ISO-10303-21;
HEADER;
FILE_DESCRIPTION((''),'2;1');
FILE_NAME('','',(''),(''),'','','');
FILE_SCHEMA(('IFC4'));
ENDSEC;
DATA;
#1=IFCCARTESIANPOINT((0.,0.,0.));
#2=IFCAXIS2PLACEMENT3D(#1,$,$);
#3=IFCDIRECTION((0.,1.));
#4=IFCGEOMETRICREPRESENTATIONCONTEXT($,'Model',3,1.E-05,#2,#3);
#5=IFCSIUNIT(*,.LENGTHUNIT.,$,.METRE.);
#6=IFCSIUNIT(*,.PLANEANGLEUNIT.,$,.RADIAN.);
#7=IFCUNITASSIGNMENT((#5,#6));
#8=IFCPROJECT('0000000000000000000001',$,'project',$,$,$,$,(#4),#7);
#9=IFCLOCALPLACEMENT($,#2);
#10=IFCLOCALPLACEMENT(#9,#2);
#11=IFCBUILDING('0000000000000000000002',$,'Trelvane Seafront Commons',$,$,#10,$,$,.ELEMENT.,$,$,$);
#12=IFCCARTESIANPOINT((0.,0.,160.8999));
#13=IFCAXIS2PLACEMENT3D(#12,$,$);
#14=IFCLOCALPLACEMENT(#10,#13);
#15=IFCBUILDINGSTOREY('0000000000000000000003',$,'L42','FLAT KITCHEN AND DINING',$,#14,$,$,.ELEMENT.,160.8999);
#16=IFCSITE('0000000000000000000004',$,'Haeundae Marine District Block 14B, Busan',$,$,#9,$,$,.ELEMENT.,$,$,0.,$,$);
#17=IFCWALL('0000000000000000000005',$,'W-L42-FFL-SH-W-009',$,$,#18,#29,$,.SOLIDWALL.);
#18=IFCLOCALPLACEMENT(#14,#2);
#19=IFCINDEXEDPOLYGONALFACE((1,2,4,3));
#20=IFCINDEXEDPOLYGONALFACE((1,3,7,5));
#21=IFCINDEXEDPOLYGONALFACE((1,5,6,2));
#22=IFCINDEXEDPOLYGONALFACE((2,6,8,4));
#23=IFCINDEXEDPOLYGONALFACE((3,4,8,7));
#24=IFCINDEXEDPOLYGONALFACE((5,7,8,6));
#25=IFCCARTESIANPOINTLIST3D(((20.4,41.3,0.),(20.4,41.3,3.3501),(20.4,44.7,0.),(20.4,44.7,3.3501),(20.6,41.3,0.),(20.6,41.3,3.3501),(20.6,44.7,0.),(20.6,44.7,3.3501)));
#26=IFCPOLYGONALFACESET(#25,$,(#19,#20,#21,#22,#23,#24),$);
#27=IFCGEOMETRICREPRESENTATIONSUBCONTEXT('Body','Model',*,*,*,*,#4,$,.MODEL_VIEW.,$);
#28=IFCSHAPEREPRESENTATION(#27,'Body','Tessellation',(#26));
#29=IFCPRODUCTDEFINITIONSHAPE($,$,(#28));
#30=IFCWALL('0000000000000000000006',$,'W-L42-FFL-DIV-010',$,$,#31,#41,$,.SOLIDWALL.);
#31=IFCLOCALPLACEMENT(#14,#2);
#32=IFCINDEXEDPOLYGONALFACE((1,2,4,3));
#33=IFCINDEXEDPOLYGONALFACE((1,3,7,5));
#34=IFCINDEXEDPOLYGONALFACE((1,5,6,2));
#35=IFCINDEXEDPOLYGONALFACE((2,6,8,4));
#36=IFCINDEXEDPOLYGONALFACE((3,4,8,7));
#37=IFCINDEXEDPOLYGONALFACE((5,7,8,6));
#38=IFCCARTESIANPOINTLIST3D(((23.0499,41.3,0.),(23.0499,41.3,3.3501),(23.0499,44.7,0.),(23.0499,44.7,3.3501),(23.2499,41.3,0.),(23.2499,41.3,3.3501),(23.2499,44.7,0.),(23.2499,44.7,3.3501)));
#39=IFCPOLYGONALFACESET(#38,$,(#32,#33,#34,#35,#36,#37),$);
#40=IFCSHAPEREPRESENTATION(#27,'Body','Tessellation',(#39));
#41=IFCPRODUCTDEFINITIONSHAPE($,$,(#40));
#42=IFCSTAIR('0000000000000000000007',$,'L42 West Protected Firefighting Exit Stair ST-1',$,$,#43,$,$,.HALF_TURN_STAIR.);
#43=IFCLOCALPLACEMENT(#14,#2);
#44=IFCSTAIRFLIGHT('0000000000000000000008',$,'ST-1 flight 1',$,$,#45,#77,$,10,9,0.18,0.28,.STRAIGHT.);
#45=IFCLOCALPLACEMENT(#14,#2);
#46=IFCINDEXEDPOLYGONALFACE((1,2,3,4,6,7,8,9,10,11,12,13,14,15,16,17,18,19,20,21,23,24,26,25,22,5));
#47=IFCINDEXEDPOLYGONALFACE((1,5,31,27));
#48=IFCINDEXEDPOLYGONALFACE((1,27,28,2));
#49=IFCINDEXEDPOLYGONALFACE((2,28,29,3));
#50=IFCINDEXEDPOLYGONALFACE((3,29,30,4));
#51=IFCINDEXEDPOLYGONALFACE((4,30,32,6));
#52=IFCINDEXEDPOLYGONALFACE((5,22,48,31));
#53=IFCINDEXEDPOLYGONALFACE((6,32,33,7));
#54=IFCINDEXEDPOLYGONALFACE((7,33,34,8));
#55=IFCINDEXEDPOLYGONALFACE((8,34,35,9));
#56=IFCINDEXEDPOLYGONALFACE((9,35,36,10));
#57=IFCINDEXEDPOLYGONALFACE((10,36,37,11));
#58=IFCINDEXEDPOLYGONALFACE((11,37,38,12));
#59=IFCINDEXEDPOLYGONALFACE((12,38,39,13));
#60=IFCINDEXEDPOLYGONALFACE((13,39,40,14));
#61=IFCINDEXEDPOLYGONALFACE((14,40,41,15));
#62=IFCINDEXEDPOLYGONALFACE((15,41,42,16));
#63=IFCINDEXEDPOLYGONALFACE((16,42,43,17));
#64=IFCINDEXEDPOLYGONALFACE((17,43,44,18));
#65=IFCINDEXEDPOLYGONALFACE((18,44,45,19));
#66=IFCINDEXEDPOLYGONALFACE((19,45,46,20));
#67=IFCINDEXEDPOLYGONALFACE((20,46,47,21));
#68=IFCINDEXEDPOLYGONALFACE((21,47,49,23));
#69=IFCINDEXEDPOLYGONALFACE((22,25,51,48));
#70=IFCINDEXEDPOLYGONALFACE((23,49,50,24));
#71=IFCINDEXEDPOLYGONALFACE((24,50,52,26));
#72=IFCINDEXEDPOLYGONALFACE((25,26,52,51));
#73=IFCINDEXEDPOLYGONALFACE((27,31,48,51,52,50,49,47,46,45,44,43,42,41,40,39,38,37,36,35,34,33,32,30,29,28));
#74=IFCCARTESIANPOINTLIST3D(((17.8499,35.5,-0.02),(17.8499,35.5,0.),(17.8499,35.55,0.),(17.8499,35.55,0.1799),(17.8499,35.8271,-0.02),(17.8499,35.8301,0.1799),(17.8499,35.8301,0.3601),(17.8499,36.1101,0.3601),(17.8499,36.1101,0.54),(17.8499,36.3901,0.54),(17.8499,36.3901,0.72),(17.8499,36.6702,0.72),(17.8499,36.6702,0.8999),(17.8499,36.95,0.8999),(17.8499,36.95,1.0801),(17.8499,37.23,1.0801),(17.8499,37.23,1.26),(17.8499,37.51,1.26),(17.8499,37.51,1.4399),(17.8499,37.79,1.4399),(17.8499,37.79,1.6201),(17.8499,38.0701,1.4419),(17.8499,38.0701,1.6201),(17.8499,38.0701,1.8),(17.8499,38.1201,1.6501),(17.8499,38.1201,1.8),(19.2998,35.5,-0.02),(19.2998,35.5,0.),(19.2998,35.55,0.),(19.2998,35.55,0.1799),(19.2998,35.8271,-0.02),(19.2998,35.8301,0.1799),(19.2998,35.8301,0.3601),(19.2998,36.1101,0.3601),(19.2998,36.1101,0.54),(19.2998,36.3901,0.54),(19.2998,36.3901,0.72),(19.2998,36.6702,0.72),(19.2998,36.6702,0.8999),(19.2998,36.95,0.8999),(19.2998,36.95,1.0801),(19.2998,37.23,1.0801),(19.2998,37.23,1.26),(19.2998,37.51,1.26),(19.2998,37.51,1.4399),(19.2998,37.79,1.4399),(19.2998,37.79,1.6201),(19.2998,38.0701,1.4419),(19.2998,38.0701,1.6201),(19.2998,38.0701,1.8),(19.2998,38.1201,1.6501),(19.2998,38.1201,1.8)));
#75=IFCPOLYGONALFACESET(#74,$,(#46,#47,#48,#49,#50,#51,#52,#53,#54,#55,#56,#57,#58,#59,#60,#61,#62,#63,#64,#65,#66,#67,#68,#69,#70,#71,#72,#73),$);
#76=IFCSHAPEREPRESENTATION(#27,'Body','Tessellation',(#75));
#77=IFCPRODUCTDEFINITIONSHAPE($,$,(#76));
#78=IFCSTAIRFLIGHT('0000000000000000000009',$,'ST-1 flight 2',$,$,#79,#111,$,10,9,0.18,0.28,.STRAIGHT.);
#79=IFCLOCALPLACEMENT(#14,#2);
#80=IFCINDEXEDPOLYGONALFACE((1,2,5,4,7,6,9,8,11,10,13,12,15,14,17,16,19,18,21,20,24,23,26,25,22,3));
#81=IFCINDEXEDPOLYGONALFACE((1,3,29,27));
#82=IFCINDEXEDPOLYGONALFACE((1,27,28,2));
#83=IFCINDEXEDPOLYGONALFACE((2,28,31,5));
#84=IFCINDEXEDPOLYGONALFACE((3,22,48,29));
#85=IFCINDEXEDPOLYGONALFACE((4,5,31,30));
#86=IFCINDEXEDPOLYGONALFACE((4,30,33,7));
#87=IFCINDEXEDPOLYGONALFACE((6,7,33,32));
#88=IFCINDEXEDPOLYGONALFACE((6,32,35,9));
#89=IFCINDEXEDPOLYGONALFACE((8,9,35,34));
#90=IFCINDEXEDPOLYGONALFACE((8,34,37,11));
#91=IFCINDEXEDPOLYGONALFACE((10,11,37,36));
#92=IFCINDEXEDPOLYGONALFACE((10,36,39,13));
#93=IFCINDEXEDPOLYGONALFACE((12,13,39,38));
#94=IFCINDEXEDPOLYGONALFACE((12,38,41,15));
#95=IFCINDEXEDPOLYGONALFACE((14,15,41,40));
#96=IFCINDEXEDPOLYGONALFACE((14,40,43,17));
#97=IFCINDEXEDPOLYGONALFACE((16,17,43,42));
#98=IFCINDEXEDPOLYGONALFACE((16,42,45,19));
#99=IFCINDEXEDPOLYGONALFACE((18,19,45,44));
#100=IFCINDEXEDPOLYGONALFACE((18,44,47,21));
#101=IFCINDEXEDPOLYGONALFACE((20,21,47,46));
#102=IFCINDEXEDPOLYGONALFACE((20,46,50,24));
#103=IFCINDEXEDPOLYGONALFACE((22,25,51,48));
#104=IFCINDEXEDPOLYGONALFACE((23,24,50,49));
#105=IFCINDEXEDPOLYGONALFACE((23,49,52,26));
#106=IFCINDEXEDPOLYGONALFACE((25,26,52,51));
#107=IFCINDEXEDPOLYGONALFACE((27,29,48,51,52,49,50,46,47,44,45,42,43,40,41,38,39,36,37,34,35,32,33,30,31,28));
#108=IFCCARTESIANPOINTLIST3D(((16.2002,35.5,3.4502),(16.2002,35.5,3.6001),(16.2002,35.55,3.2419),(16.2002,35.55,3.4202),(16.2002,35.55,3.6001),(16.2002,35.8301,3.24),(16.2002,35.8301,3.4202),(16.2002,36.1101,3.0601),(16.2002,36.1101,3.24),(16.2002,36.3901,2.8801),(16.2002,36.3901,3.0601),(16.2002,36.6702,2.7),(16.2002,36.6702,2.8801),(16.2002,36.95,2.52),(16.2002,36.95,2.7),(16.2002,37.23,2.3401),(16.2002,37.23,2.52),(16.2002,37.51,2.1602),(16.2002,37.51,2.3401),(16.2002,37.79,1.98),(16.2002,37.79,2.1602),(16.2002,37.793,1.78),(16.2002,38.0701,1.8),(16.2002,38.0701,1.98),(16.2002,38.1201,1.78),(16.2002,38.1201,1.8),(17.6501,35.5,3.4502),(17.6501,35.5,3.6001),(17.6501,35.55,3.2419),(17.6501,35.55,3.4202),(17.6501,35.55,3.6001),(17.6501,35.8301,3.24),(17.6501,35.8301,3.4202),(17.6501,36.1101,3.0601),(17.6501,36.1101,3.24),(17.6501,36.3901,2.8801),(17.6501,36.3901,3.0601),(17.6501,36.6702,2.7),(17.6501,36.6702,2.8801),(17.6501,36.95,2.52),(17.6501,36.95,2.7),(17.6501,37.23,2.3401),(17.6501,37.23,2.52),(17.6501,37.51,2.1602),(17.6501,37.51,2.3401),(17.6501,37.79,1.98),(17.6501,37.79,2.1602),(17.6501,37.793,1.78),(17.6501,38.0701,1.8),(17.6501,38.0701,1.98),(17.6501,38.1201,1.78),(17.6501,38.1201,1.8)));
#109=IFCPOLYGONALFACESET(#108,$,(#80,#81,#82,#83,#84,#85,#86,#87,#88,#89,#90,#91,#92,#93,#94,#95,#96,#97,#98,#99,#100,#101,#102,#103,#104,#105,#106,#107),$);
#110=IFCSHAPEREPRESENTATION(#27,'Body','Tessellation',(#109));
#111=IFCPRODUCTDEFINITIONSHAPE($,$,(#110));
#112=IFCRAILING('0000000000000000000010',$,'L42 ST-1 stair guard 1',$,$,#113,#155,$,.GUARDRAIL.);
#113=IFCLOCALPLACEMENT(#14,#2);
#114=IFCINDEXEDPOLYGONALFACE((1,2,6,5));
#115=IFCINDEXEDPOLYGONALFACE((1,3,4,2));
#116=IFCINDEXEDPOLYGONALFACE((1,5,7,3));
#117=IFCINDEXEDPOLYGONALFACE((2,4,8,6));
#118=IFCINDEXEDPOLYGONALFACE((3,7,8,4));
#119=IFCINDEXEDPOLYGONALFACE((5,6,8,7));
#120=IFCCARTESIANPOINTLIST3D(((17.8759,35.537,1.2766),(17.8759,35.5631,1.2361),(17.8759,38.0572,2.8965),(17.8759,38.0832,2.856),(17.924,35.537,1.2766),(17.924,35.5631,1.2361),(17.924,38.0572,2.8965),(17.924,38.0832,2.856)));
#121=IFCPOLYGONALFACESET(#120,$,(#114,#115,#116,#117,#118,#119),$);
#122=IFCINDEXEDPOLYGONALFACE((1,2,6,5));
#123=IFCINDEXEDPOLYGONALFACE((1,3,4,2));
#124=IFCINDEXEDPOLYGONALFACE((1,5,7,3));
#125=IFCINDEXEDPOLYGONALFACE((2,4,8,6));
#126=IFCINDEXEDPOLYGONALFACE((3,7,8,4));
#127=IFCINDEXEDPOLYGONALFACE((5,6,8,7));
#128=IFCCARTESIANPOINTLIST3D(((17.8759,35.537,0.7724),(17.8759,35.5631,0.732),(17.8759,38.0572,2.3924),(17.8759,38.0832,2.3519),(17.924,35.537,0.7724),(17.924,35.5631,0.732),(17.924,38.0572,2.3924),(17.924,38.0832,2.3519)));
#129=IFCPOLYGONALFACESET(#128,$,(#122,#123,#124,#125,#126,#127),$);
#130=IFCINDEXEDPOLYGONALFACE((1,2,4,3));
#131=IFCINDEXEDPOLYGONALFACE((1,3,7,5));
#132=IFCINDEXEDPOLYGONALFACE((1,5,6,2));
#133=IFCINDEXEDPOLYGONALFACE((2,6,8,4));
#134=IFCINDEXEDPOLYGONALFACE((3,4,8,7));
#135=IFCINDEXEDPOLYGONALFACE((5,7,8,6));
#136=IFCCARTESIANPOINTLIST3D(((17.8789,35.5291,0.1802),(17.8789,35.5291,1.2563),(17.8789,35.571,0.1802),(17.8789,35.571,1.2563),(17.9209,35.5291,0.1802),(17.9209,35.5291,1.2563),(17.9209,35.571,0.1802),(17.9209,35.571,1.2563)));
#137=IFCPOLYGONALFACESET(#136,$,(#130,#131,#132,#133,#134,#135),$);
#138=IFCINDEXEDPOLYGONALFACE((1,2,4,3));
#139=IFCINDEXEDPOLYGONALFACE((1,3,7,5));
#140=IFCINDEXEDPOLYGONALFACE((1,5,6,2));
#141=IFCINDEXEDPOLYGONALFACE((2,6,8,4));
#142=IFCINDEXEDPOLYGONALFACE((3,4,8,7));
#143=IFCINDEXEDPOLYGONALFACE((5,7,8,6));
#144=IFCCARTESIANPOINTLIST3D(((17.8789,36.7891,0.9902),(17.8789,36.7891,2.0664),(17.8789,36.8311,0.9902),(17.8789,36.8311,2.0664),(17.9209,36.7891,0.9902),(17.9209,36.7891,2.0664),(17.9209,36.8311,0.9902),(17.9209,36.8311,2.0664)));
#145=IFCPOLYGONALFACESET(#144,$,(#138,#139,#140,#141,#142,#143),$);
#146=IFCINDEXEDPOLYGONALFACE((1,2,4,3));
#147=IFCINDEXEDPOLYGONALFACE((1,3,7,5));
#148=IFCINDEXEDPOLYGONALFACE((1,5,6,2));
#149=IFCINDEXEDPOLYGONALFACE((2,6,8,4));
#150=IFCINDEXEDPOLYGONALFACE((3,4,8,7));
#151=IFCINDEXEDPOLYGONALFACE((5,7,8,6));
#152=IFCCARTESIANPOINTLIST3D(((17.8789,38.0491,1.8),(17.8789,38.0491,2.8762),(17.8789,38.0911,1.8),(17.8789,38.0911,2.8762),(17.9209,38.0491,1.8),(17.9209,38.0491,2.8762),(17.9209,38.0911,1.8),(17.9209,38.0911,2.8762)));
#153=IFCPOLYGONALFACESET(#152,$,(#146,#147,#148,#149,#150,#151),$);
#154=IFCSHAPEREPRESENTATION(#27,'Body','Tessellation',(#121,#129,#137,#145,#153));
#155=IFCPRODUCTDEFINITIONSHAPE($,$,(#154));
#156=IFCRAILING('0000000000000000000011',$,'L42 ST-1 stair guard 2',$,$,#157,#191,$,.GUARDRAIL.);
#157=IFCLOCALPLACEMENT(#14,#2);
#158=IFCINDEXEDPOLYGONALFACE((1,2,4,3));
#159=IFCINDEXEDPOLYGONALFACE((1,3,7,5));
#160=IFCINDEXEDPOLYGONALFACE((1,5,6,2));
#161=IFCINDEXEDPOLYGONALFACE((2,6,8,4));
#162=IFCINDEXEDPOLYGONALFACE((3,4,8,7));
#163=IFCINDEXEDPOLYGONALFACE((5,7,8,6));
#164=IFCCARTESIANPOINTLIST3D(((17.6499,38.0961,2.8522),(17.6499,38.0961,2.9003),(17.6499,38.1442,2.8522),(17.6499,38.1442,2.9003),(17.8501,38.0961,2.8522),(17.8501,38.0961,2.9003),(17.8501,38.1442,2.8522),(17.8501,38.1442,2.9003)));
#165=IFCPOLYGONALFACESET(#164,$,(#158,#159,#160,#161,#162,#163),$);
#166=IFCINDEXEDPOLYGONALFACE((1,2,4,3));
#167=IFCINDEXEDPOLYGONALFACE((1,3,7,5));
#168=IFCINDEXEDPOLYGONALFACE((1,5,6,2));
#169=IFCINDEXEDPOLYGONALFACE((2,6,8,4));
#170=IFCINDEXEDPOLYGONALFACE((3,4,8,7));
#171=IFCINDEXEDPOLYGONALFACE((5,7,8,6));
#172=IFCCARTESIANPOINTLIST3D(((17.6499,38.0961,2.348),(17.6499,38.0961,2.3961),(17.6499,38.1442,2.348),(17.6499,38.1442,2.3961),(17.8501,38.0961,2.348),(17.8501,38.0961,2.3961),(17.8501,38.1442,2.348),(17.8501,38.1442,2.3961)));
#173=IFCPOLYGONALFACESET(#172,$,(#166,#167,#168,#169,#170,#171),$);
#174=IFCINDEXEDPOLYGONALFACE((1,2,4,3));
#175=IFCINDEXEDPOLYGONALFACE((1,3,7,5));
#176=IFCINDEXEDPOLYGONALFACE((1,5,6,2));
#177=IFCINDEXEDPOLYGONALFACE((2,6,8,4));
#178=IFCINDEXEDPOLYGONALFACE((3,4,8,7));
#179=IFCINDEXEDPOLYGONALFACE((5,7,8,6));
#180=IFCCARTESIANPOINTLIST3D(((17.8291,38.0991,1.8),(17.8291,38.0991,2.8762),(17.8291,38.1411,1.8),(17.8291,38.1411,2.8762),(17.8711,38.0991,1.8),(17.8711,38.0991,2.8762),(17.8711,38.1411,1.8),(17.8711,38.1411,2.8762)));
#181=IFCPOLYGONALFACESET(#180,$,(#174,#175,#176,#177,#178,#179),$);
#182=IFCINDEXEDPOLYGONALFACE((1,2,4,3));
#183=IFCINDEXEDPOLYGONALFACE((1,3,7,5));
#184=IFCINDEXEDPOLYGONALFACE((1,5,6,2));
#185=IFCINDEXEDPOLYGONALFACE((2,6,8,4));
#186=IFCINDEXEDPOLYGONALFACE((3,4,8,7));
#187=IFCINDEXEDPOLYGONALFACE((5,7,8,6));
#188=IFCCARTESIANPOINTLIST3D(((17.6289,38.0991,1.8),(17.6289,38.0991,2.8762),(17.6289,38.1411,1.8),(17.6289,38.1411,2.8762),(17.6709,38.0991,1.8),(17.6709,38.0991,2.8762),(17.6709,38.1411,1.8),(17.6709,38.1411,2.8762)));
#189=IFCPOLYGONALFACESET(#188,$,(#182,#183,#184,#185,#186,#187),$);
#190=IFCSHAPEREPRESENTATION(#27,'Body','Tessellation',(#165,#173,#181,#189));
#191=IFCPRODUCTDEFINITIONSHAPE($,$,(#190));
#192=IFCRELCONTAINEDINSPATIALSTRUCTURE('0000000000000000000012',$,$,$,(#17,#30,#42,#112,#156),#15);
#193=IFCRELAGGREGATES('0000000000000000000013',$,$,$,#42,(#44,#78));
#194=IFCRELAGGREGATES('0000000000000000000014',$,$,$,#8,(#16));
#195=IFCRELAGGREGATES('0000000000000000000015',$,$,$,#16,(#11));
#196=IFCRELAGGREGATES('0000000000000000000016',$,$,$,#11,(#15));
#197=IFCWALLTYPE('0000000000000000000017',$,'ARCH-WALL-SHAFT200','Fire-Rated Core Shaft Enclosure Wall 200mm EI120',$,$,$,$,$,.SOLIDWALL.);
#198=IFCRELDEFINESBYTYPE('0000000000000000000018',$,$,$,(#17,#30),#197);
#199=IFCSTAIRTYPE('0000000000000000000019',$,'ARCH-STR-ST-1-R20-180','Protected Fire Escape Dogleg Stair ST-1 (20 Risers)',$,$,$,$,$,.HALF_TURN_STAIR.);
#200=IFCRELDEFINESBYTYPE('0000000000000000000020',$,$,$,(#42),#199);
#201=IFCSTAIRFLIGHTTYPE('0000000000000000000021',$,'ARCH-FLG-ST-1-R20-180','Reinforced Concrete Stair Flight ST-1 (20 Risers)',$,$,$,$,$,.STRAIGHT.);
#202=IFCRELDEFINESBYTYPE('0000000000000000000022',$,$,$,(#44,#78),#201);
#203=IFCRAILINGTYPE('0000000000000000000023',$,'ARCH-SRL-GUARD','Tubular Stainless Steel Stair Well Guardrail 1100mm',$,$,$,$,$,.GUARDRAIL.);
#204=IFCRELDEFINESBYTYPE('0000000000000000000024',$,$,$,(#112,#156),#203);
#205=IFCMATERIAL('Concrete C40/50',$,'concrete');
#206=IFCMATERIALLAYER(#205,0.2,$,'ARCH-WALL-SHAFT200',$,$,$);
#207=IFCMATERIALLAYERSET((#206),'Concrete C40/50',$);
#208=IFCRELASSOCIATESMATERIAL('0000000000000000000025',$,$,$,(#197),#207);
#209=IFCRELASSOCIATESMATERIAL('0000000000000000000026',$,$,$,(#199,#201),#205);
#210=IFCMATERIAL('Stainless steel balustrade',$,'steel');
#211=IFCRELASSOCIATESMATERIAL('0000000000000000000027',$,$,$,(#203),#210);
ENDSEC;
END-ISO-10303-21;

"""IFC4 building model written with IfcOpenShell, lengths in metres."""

from ifc_helpers import new_model, si_unit, direction, frame, frame_2d, origin, origin_2d, place, context, subcontext, project, spatial, polyline, rectangle, outline, extrude, source, transform, mapped, material, layer, layer_set, type_object, element, aggregate, save


model = new_model("IFC4")

# Units and contexts
model_context = context("Model", 3, precision=1e-05, world=origin(), true_north=direction((0.0, 1.0)))
body_context = subcontext(model_context, "Body", "Model", "MODEL_VIEW")
ifc_project = project(units=[si_unit("LENGTHUNIT", "METRE"), si_unit("PLANEANGLEUNIT", "RADIAN")], contexts=[model_context])

# Site, building, storey
site_placement = place(None, origin())
site = spatial("IfcSite", under=ifc_project, at=site_placement, Name="Haeundae Marine District Block 14B, Busan", CompositionType="ELEMENT", RefElevation=0.0)
building_placement = place(site_placement, origin())
building = spatial("IfcBuilding", under=site, at=building_placement, Name="Trelvane Seafront Commons", CompositionType="ELEMENT")
storey_placement = place(building_placement, frame((0.0, 0.0, 160.8999)))
storey = spatial("IfcBuildingStorey", under=building, at=storey_placement, Name="L42", Description="FLAT KITCHEN AND DINING", CompositionType="ELEMENT", Elevation=160.8999)

# Shared definitions
ifc_material_1 = material(Name="Concrete C40/50", Category="concrete")
ifc_layer_1 = layer(ifc_material_1, 0.2, Name="ARCH-WALL-SHAFT200")
ifc_layer_set_1 = layer_set([ifc_layer_1], Name="Concrete C40/50")
wall_type = type_object("IfcWallType", Name="ARCH-WALL-SHAFT200", Description="Fire-Rated Core Shaft Enclosure Wall 200mm EI120", PredefinedType="SOLIDWALL", material=ifc_layer_set_1)
ifc_material_2 = material(Name="Stainless steel balustrade", Category="steel")

# Walls
for number, where, z_axis, x_axis, name in (
    (1, (20.5, 41.3, 0.0), (0.0, 0.0, 1.0), (0.0, 1.0, 0.0), "W-L42-FFL-SH-W-009"),
    (2, (23.1499, 41.3, 0.0), (0.0, 0.0, 1.0), (0.0, 1.0, 0.0), "W-L42-FFL-DIV-010"),
):
    element("IfcWall", number, at=place(storey_placement, frame(where, z_axis=z_axis, x_axis=x_axis)), inside=storey, type_object=wall_type, Name=name, PredefinedType="SOLIDWALL", context=body_context, shape_type="SweptSolid", body=[
        extrude(rectangle(XDim=3.3999, YDim=0.2, at=frame_2d((1.7, 0.0))), origin(), (0.0, 0.0, 1.0), 3.3501),
    ])

# Stair, stair flights
stair_type = type_object("IfcStairType", Name="ARCH-STR-ST-1-R20-180", Description="Protected Fire Escape Dogleg Stair ST-1 (20 Risers)", PredefinedType="HALF_TURN_STAIR", material=ifc_material_1)
stair_placement = place(storey_placement, origin())
stair = element("IfcStair", 3, at=stair_placement, inside=storey, type_object=stair_type, Name="L42 West Protected Firefighting Exit Stair ST-1", PredefinedType="HALF_TURN_STAIR")
stair_flight_type = type_object("IfcStairFlightType", Name="ARCH-FLG-ST-1-R20-180", Description="Reinforced Concrete Stair Flight ST-1 (20 Risers)", PredefinedType="STRAIGHT", material=ifc_material_1)
shared_shape_1 = source(origin(), body_context, "Body", "SweptSolid", [
    extrude(outline(polyline([(-0.05, -0.02), (-0.05, 0.0), (0.0, 0.0), (0.0, 0.1799), (0.28, 0.1799), (0.28, 0.3601), (0.5601, 0.3601), (0.5601, 0.54), (0.8401, 0.54), (0.8401, 0.72), (1.1201, 0.72), (1.1201, 0.8999), (1.3999, 0.8999), (1.3999, 1.0801), (1.6799, 1.0801), (1.6799, 1.26), (1.96, 1.26), (1.96, 1.4399), (2.24, 1.4399), (2.24, 1.6201), (2.52, 1.6201), (2.52, 1.8), (2.5701, 1.8), (2.5701, 1.6501), (2.52, 1.4419), (0.2771, -0.02), (-0.05, -0.02)])), frame((0.0, 0.7251, 0.0), z_axis=(0.0, -1.0, 0.0), x_axis=(1.0, 0.0, 0.0)), (0.0, 0.0, 1.0), 1.45),
])
stair_flight_1_placement = place(storey_placement, frame((18.575, 35.55, 0.0), z_axis=(0.0, 0.0, 1.0), x_axis=(0.0, 1.0, 0.0)))
stair_flight_1 = element("IfcStairFlight", 4, at=stair_flight_1_placement, type_object=stair_flight_type, Name="ST-1 flight 1", NumberOfRisers=10, NumberOfTreads=9, PredefinedType="STRAIGHT", RiserHeight=0.18, TreadLength=0.28, context=body_context, shape_type="MappedRepresentation", body=[
    mapped(shared_shape_1, transform((0.0, 0.0, 0.0), x_axis=(1.0, 0.0, 0.0), y_axis=(0.0, 1.0, 0.0), z_axis=(0.0, 0.0, 1.0), scale=1.0)),
])
stair_flight_2_placement = place(storey_placement, frame((16.925, 38.0701, 1.8), z_axis=(0.0, 0.0, 1.0), x_axis=(0.0, -1.0, 0.0)))
stair_flight_2 = element("IfcStairFlight", 5, at=stair_flight_2_placement, type_object=stair_flight_type, Name="ST-1 flight 2", NumberOfRisers=10, NumberOfTreads=9, PredefinedType="STRAIGHT", RiserHeight=0.18, TreadLength=0.28, context=body_context, shape_type="MappedRepresentation", body=[
    mapped(shared_shape_1, transform((0.0, 0.0, 0.0), x_axis=(1.0, 0.0, 0.0), y_axis=(0.0, 1.0, 0.0), z_axis=(0.0, 0.0, 1.0), scale=1.0)),
])
aggregate(stair, [stair_flight_1, stair_flight_2])

# Railings
railing_type_1 = type_object("IfcRailingType", Name="ARCH-SRL-GUARD", Description="Tubular Stainless Steel Stair Well Guardrail 1100mm", PredefinedType="GUARDRAIL", material=ifc_material_2)
railing_1_placement = place(storey_placement, frame((17.8999, 35.55, 0.1802)))
element("IfcRailing", 6, at=railing_1_placement, inside=storey, type_object=railing_type_1, Name="L42 ST-1 stair guard 1", PredefinedType="GUARDRAIL", context=body_context, shape_type="SweptSolid", body=[
    extrude(rectangle(XDim=0.0481, YDim=0.0481, at=origin_2d()), frame((0.0, 0.0, 1.0762), z_axis=(0.0, 0.8412, 0.540725), x_axis=(-1.0, 0.0, 0.0)), (0.0, 0.0, 1.0), 2.9958),
    extrude(rectangle(XDim=0.0481, YDim=0.0481, at=origin_2d()), frame((0.0, 0.0, 0.572), z_axis=(0.0, 0.8412, 0.540725), x_axis=(-1.0, 0.0, 0.0)), (0.0, 0.0, 1.0), 2.9958),
    extrude(rectangle(XDim=0.042, YDim=0.042, at=origin_2d()), origin(), (0.0, 0.0, 1.0), 1.0762),
    extrude(rectangle(XDim=0.042, YDim=0.042, at=origin_2d()), frame((0.0, 1.26, 0.8101)), (0.0, 0.0, 1.0), 1.0762),
    extrude(rectangle(XDim=0.042, YDim=0.042, at=origin_2d()), frame((0.0, 2.52, 1.6199)), (0.0, 0.0, 1.0), 1.0762),
])
railing_2_placement = place(storey_placement, frame((17.8501, 38.1201, 1.8)))
element("IfcRailing", 7, at=railing_2_placement, inside=storey, type_object=railing_type_1, Name="L42 ST-1 stair guard 2", PredefinedType="GUARDRAIL", context=body_context, shape_type="SweptSolid", body=[
    extrude(rectangle(XDim=0.0481, YDim=0.0481, at=origin_2d()), frame((0.0, 0.0, 1.0762), z_axis=(-1.0, 0.0, 0.0), x_axis=(0.0, -1.0, 0.0)), (0.0, 0.0, 1.0), 0.2002),
    extrude(rectangle(XDim=0.0481, YDim=0.0481, at=origin_2d()), frame((0.0, 0.0, 0.572), z_axis=(-1.0, 0.0, 0.0), x_axis=(0.0, -1.0, 0.0)), (0.0, 0.0, 1.0), 0.2002),
    extrude(rectangle(XDim=0.042, YDim=0.042, at=origin_2d()), origin(), (0.0, 0.0, 1.0), 1.0762),
    extrude(rectangle(XDim=0.042, YDim=0.042, at=origin_2d()), frame((-0.2002, 0.0, 0.0)), (0.0, 0.0, 1.0), 1.0762),
])

save(model, "model.ifc")
